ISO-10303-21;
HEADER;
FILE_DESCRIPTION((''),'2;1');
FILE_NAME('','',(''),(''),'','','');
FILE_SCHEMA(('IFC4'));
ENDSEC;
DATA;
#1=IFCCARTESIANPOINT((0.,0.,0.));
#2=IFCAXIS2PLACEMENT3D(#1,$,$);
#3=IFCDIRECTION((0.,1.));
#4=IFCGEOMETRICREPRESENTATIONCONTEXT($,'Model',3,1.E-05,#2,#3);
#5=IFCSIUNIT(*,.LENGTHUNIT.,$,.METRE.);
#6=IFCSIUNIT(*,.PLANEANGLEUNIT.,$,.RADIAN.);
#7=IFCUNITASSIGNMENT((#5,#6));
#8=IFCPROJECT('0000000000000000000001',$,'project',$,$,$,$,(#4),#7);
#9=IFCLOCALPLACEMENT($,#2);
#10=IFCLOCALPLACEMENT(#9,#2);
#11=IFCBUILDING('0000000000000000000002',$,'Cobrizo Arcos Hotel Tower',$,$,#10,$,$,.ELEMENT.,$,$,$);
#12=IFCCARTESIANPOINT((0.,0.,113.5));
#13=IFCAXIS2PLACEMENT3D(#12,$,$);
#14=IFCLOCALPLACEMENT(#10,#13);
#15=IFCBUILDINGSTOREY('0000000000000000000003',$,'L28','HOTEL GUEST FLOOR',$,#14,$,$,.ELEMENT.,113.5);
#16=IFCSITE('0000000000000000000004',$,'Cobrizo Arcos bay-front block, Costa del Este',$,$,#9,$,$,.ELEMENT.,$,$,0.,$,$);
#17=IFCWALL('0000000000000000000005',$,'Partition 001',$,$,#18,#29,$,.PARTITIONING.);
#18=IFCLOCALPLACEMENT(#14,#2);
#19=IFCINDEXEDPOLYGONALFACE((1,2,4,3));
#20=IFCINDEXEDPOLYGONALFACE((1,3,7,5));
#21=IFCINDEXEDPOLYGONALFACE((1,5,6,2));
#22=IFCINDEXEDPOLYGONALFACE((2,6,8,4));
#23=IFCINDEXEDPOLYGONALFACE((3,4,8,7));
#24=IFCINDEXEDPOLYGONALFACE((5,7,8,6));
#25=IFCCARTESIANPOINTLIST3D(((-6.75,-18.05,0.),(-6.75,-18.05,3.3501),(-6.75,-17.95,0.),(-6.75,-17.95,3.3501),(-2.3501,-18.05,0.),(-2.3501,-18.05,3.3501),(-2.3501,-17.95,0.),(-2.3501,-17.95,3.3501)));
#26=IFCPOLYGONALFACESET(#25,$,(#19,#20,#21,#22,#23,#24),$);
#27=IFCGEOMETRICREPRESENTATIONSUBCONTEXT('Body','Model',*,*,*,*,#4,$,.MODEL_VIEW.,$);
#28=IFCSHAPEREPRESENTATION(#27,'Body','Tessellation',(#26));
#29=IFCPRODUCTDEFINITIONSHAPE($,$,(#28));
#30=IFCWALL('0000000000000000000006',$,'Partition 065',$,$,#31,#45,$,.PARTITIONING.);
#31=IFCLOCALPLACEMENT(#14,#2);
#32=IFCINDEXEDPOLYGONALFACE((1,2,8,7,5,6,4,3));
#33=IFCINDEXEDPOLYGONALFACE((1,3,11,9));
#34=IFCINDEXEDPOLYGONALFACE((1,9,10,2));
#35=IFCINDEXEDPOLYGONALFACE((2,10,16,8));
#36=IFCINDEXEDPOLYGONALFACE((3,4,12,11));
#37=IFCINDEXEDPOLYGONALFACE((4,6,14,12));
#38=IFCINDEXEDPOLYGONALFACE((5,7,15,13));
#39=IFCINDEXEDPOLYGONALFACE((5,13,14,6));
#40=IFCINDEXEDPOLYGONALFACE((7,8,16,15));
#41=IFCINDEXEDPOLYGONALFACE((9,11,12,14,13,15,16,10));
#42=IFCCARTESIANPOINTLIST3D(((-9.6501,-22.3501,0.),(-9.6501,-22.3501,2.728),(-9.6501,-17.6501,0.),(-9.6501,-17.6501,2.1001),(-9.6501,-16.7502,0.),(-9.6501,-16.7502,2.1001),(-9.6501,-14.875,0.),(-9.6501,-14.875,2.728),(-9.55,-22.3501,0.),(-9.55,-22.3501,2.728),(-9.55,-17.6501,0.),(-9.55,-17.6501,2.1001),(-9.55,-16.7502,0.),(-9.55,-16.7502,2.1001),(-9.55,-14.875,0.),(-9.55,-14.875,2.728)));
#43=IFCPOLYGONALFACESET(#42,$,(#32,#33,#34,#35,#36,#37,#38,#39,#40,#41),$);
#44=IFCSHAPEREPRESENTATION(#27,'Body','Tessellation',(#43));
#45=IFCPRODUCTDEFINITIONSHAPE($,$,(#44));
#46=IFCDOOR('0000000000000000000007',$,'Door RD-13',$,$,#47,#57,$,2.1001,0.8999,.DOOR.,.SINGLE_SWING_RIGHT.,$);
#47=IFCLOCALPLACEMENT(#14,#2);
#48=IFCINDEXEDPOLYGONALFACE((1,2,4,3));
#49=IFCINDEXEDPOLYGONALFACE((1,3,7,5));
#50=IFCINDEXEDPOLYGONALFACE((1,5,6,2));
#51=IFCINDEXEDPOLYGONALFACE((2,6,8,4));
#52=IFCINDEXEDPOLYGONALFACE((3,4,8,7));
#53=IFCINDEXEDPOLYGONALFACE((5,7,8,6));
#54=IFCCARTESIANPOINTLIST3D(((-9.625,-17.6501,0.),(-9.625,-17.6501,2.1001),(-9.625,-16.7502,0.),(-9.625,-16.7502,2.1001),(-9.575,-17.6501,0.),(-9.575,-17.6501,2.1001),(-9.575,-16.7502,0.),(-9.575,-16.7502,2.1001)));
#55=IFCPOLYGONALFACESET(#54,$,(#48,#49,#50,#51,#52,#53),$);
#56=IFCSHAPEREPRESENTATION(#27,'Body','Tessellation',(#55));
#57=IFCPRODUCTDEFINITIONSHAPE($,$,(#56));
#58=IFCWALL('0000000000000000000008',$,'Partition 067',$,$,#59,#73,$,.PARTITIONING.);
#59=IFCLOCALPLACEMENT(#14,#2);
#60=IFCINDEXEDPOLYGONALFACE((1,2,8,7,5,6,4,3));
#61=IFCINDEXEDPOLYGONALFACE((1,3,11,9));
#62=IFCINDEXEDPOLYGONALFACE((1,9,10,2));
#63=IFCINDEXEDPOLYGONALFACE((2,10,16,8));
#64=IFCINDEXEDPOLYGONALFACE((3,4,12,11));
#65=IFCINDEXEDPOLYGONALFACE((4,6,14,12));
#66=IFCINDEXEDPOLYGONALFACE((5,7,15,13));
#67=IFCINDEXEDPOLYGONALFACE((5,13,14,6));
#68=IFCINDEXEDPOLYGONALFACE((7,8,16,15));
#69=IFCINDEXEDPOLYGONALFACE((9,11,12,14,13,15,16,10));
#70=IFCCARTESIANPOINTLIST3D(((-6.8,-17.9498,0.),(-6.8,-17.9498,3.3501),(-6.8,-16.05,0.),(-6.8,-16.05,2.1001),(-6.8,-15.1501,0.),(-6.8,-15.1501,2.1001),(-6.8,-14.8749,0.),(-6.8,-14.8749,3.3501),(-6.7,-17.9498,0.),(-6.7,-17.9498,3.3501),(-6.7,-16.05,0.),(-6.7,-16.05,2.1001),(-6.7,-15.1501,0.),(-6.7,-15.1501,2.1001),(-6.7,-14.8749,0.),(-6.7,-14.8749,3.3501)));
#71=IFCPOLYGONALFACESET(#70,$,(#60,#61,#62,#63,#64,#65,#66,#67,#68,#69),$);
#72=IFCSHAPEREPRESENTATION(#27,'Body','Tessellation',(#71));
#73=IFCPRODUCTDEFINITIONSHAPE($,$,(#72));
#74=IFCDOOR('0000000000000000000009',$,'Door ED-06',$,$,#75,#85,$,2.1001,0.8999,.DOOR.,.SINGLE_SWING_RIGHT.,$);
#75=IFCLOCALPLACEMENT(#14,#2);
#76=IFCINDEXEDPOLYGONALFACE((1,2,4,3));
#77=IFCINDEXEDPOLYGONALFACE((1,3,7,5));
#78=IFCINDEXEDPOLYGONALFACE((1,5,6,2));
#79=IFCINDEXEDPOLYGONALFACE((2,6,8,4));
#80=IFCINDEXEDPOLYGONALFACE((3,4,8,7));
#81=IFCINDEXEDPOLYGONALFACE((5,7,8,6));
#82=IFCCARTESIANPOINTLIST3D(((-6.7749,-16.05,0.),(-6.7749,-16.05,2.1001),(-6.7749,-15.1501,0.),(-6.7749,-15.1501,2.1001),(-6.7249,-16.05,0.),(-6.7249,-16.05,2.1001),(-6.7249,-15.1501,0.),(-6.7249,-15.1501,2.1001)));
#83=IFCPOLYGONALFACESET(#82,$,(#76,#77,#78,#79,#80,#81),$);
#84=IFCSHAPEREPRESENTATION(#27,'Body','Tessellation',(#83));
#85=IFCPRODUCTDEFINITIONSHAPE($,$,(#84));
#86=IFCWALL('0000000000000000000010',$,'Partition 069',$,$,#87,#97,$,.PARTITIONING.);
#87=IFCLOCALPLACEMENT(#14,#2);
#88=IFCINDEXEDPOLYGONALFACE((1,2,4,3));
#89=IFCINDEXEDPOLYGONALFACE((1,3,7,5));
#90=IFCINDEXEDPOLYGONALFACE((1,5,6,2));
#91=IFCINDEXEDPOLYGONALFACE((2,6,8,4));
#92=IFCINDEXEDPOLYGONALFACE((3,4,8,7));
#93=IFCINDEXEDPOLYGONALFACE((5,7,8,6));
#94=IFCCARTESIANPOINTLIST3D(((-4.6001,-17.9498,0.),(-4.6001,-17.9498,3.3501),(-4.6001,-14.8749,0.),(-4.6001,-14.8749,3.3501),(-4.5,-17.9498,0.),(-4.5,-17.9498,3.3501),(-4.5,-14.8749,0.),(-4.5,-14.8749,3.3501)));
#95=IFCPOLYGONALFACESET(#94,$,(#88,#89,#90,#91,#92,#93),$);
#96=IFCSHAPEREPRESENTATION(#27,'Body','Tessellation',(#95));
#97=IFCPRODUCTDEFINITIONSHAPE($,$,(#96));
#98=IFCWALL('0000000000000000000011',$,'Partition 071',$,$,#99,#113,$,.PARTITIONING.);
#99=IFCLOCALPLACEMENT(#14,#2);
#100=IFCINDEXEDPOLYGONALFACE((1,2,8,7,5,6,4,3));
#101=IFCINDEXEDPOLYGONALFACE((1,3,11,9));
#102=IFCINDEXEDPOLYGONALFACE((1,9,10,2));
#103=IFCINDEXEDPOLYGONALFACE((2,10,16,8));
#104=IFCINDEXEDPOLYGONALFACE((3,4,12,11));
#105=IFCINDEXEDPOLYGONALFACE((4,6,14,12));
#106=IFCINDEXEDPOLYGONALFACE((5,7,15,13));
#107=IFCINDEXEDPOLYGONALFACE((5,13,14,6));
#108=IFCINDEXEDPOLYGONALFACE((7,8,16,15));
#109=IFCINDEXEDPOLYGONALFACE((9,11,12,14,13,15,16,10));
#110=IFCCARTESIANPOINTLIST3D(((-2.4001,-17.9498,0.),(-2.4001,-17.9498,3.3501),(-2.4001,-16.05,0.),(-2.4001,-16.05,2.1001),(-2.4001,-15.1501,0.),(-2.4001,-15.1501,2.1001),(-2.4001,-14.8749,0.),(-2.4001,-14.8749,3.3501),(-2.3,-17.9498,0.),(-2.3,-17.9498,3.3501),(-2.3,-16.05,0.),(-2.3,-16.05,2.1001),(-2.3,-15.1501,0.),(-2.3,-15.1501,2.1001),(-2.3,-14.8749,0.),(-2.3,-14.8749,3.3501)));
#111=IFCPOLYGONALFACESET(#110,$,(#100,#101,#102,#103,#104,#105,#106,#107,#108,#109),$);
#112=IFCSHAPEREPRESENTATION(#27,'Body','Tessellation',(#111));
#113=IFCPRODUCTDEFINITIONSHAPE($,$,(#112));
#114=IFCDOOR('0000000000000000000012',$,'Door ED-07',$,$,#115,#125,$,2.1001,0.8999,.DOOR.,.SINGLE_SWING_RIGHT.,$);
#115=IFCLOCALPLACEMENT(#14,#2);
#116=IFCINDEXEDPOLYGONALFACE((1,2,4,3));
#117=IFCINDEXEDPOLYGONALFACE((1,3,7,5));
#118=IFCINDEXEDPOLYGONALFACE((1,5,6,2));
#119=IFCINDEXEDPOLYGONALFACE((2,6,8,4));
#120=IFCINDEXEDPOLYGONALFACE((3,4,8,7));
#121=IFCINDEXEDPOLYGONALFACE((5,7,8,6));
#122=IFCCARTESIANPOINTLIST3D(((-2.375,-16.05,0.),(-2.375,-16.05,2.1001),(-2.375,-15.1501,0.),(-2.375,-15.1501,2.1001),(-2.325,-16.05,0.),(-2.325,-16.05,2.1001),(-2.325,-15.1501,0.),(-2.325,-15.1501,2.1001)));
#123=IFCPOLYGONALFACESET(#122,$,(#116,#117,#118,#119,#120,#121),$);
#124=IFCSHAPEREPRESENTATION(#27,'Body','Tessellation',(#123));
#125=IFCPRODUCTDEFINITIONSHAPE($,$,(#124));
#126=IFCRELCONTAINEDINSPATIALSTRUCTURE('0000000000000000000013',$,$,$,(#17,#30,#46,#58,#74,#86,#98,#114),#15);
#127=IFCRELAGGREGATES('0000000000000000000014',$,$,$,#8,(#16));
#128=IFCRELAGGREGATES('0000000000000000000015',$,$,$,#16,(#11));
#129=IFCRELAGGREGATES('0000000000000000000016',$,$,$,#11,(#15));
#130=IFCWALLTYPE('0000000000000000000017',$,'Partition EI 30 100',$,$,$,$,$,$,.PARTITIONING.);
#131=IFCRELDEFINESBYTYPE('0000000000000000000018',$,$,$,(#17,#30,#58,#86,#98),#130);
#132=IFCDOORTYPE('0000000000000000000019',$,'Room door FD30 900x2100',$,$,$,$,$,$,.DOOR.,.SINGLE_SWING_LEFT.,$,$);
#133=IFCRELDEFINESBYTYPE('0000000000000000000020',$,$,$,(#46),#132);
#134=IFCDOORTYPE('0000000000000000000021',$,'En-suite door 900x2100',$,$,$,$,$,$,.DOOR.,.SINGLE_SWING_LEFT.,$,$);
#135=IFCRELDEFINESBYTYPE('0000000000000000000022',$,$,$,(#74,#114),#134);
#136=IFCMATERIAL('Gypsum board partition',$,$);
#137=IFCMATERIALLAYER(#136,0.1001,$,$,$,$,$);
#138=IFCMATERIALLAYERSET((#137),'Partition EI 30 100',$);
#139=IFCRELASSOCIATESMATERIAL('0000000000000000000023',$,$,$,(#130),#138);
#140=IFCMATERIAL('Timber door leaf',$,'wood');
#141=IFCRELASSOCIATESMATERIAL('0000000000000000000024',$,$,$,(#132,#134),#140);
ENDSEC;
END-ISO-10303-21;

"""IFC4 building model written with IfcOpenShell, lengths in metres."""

from ifc_helpers import new_model, si_unit, direction, frame, frame_2d, origin, place, context, subcontext, project, spatial, rectangle, extrude, material, layer, layer_set, type_object, element, fill, save


model = new_model("IFC4")

# Units and contexts
model_context = context("Model", 3, precision=1e-05, world=origin(), true_north=direction((0.0, 1.0)))
body_context = subcontext(model_context, "Body", "Model", "MODEL_VIEW")
ifc_project = project(units=[si_unit("LENGTHUNIT", "METRE"), si_unit("PLANEANGLEUNIT", "RADIAN")], contexts=[model_context])

# Site, building, storey
site_placement = place(None, origin())
site = spatial("IfcSite", under=ifc_project, at=site_placement, Name="Cobrizo Arcos bay-front block, Costa del Este", CompositionType="ELEMENT", RefElevation=0.0)
building_placement = place(site_placement, origin())
building = spatial("IfcBuilding", under=site, at=building_placement, Name="Cobrizo Arcos Hotel Tower", CompositionType="ELEMENT")
storey_placement = place(building_placement, frame((0.0, 0.0, 113.5)))
storey = spatial("IfcBuildingStorey", under=building, at=storey_placement, Name="L28", Description="HOTEL GUEST FLOOR", CompositionType="ELEMENT", Elevation=113.5)

# Shared definitions
ifc_material_1 = material(Name="Gypsum board partition")
ifc_material_2 = material(Name="Timber door leaf", Category="wood")

# Wall
ifc_layer_1 = layer(ifc_material_1, 0.1001)
ifc_layer_set_1 = layer_set([ifc_layer_1], Name="Partition EI 30 100")
wall_type_1 = type_object("IfcWallType", Name="Partition EI 30 100", PredefinedType="PARTITIONING", material=ifc_layer_set_1)
wall_1_placement = place(storey_placement, frame((-6.75, -18.0, 0.0), z_axis=(0.0, 0.0, 1.0), x_axis=(1.0, 0.0, 0.0)))
element("IfcWall", 1, at=wall_1_placement, inside=storey, type_object=wall_type_1, Name="Partition 001", PredefinedType="PARTITIONING", context=body_context, shape_type="SweptSolid", body=[
    extrude(rectangle(XDim=4.3999, YDim=0.1001, at=frame_2d((2.2, 0.0))), origin(), (0.0, 0.0, 1.0), 3.3501),
])

# Walls, openings, doors
wall_2_placement = place(storey_placement, frame((-9.6001, -22.3501, 0.0), z_axis=(0.0, 0.0, 1.0), x_axis=(0.0, 1.0, 0.0)))
wall_2 = element("IfcWall", 2, at=wall_2_placement, inside=storey, type_object=wall_type_1, Name="Partition 065", PredefinedType="PARTITIONING", context=body_context, shape_type="SweptSolid", body=[
    extrude(rectangle(XDim=7.4751, YDim=0.1001, at=frame_2d((3.7375, 0.0))), origin(), (0.0, 0.0, 1.0), 2.728),
])
opening_1_placement = place(wall_2_placement, frame((4.7, 0.0, 0.0)))
opening_1 = element("IfcOpeningElement", 3, at=opening_1_placement, cuts=wall_2, PredefinedType="OPENING", context=body_context, shape_type="SweptSolid", body=[
    extrude(rectangle(XDim=0.8999, YDim=2.1001, at=frame_2d((0.45, 1.05))), frame((0.0, 0.062, 0.0), z_axis=(0.0, -1.0, 0.0), x_axis=(1.0, 0.0, 0.0)), (0.0, 0.0, 1.0), 0.124),
])
door_type_1 = type_object("IfcDoorType", Name="Room door FD30 900x2100", OperationType="SINGLE_SWING_LEFT", PredefinedType="DOOR", material=ifc_material_2)
door_1_placement = place(opening_1_placement, origin())
door_1 = element("IfcDoor", 4, at=door_1_placement, inside=storey, type_object=door_type_1, Name="Door RD-13", OperationType="SINGLE_SWING_RIGHT", OverallHeight=2.1001, OverallWidth=0.8999, PredefinedType="DOOR", context=body_context, shape_type="SweptSolid", body=[
    extrude(rectangle(XDim=0.8999, YDim=2.1001, at=frame_2d((0.45, 1.05))), frame((0.0, 0.0249, 0.0), z_axis=(0.0, -1.0, 0.0), x_axis=(1.0, 0.0, 0.0)), (0.0, 0.0, 1.0), 0.05),
])
fill(opening_1, door_1)
wall_3_placement = place(storey_placement, frame((-6.75, -17.95, 0.0), z_axis=(0.0, 0.0, 1.0), x_axis=(0.0, 1.0, 0.0)))
wall_3 = element("IfcWall", 5, at=wall_3_placement, inside=storey, type_object=wall_type_1, Name="Partition 067", PredefinedType="PARTITIONING", context=body_context, shape_type="SweptSolid", body=[
    extrude(rectangle(XDim=3.075, YDim=0.1001, at=frame_2d((1.5376, 0.0))), origin(), (0.0, 0.0, 1.0), 3.3501),
])
opening_2_placement = place(wall_3_placement, frame((1.8999, 0.0, 0.0)))
opening_2 = element("IfcOpeningElement", 6, at=opening_2_placement, cuts=wall_3, PredefinedType="OPENING", context=body_context, shape_type="SweptSolid", body=[
    extrude(rectangle(XDim=0.8999, YDim=2.1001, at=frame_2d((0.45, 1.05))), frame((0.0, 0.062, 0.0), z_axis=(0.0, -1.0, 0.0), x_axis=(1.0, 0.0, 0.0)), (0.0, 0.0, 1.0), 0.124),
])
door_type_2 = type_object("IfcDoorType", Name="En-suite door 900x2100", OperationType="SINGLE_SWING_LEFT", PredefinedType="DOOR", material=ifc_material_2)
door_2_placement = place(opening_2_placement, origin())
door_2 = element("IfcDoor", 7, at=door_2_placement, inside=storey, type_object=door_type_2, Name="Door ED-06", OperationType="SINGLE_SWING_RIGHT", OverallHeight=2.1001, OverallWidth=0.8999, PredefinedType="DOOR", context=body_context, shape_type="SweptSolid", body=[
    extrude(rectangle(XDim=0.8999, YDim=2.1001, at=frame_2d((0.45, 1.05))), frame((0.0, 0.0249, 0.0), z_axis=(0.0, -1.0, 0.0), x_axis=(1.0, 0.0, 0.0)), (0.0, 0.0, 1.0), 0.05),
])
fill(opening_2, door_2)

# Wall
wall_4_placement = place(storey_placement, frame((-4.55, -17.95, 0.0), z_axis=(0.0, 0.0, 1.0), x_axis=(0.0, 1.0, 0.0)))
element("IfcWall", 8, at=wall_4_placement, inside=storey, type_object=wall_type_1, Name="Partition 069", PredefinedType="PARTITIONING", context=body_context, shape_type="SweptSolid", body=[
    extrude(rectangle(XDim=3.075, YDim=0.1001, at=frame_2d((1.5376, 0.0))), origin(), (0.0, 0.0, 1.0), 3.3501),
])

# Wall, opening, door
wall_5_placement = place(storey_placement, frame((-2.3501, -17.95, 0.0), z_axis=(0.0, 0.0, 1.0), x_axis=(0.0, 1.0, 0.0)))
wall_5 = element("IfcWall", 9, at=wall_5_placement, inside=storey, type_object=wall_type_1, Name="Partition 071", PredefinedType="PARTITIONING", context=body_context, shape_type="SweptSolid", body=[
    extrude(rectangle(XDim=3.075, YDim=0.1001, at=frame_2d((1.5376, 0.0))), origin(), (0.0, 0.0, 1.0), 3.3501),
])
opening_3_placement = place(wall_5_placement, frame((1.8999, 0.0, 0.0)))
opening_3 = element("IfcOpeningElement", 10, at=opening_3_placement, cuts=wall_5, PredefinedType="OPENING", context=body_context, shape_type="SweptSolid", body=[
    extrude(rectangle(XDim=0.8999, YDim=2.1001, at=frame_2d((0.45, 1.05))), frame((0.0, 0.062, 0.0), z_axis=(0.0, -1.0, 0.0), x_axis=(1.0, 0.0, 0.0)), (0.0, 0.0, 1.0), 0.124),
])
door_3_placement = place(opening_3_placement, origin())
door_3 = element("IfcDoor", 11, at=door_3_placement, inside=storey, type_object=door_type_2, Name="Door ED-07", OperationType="SINGLE_SWING_RIGHT", OverallHeight=2.1001, OverallWidth=0.8999, PredefinedType="DOOR", context=body_context, shape_type="SweptSolid", body=[
    extrude(rectangle(XDim=0.8999, YDim=2.1001, at=frame_2d((0.45, 1.05))), frame((0.0, 0.0249, 0.0), z_axis=(0.0, -1.0, 0.0), x_axis=(1.0, 0.0, 0.0)), (0.0, 0.0, 1.0), 0.05),
])
fill(opening_3, door_3)

save(model, "model.ifc")
